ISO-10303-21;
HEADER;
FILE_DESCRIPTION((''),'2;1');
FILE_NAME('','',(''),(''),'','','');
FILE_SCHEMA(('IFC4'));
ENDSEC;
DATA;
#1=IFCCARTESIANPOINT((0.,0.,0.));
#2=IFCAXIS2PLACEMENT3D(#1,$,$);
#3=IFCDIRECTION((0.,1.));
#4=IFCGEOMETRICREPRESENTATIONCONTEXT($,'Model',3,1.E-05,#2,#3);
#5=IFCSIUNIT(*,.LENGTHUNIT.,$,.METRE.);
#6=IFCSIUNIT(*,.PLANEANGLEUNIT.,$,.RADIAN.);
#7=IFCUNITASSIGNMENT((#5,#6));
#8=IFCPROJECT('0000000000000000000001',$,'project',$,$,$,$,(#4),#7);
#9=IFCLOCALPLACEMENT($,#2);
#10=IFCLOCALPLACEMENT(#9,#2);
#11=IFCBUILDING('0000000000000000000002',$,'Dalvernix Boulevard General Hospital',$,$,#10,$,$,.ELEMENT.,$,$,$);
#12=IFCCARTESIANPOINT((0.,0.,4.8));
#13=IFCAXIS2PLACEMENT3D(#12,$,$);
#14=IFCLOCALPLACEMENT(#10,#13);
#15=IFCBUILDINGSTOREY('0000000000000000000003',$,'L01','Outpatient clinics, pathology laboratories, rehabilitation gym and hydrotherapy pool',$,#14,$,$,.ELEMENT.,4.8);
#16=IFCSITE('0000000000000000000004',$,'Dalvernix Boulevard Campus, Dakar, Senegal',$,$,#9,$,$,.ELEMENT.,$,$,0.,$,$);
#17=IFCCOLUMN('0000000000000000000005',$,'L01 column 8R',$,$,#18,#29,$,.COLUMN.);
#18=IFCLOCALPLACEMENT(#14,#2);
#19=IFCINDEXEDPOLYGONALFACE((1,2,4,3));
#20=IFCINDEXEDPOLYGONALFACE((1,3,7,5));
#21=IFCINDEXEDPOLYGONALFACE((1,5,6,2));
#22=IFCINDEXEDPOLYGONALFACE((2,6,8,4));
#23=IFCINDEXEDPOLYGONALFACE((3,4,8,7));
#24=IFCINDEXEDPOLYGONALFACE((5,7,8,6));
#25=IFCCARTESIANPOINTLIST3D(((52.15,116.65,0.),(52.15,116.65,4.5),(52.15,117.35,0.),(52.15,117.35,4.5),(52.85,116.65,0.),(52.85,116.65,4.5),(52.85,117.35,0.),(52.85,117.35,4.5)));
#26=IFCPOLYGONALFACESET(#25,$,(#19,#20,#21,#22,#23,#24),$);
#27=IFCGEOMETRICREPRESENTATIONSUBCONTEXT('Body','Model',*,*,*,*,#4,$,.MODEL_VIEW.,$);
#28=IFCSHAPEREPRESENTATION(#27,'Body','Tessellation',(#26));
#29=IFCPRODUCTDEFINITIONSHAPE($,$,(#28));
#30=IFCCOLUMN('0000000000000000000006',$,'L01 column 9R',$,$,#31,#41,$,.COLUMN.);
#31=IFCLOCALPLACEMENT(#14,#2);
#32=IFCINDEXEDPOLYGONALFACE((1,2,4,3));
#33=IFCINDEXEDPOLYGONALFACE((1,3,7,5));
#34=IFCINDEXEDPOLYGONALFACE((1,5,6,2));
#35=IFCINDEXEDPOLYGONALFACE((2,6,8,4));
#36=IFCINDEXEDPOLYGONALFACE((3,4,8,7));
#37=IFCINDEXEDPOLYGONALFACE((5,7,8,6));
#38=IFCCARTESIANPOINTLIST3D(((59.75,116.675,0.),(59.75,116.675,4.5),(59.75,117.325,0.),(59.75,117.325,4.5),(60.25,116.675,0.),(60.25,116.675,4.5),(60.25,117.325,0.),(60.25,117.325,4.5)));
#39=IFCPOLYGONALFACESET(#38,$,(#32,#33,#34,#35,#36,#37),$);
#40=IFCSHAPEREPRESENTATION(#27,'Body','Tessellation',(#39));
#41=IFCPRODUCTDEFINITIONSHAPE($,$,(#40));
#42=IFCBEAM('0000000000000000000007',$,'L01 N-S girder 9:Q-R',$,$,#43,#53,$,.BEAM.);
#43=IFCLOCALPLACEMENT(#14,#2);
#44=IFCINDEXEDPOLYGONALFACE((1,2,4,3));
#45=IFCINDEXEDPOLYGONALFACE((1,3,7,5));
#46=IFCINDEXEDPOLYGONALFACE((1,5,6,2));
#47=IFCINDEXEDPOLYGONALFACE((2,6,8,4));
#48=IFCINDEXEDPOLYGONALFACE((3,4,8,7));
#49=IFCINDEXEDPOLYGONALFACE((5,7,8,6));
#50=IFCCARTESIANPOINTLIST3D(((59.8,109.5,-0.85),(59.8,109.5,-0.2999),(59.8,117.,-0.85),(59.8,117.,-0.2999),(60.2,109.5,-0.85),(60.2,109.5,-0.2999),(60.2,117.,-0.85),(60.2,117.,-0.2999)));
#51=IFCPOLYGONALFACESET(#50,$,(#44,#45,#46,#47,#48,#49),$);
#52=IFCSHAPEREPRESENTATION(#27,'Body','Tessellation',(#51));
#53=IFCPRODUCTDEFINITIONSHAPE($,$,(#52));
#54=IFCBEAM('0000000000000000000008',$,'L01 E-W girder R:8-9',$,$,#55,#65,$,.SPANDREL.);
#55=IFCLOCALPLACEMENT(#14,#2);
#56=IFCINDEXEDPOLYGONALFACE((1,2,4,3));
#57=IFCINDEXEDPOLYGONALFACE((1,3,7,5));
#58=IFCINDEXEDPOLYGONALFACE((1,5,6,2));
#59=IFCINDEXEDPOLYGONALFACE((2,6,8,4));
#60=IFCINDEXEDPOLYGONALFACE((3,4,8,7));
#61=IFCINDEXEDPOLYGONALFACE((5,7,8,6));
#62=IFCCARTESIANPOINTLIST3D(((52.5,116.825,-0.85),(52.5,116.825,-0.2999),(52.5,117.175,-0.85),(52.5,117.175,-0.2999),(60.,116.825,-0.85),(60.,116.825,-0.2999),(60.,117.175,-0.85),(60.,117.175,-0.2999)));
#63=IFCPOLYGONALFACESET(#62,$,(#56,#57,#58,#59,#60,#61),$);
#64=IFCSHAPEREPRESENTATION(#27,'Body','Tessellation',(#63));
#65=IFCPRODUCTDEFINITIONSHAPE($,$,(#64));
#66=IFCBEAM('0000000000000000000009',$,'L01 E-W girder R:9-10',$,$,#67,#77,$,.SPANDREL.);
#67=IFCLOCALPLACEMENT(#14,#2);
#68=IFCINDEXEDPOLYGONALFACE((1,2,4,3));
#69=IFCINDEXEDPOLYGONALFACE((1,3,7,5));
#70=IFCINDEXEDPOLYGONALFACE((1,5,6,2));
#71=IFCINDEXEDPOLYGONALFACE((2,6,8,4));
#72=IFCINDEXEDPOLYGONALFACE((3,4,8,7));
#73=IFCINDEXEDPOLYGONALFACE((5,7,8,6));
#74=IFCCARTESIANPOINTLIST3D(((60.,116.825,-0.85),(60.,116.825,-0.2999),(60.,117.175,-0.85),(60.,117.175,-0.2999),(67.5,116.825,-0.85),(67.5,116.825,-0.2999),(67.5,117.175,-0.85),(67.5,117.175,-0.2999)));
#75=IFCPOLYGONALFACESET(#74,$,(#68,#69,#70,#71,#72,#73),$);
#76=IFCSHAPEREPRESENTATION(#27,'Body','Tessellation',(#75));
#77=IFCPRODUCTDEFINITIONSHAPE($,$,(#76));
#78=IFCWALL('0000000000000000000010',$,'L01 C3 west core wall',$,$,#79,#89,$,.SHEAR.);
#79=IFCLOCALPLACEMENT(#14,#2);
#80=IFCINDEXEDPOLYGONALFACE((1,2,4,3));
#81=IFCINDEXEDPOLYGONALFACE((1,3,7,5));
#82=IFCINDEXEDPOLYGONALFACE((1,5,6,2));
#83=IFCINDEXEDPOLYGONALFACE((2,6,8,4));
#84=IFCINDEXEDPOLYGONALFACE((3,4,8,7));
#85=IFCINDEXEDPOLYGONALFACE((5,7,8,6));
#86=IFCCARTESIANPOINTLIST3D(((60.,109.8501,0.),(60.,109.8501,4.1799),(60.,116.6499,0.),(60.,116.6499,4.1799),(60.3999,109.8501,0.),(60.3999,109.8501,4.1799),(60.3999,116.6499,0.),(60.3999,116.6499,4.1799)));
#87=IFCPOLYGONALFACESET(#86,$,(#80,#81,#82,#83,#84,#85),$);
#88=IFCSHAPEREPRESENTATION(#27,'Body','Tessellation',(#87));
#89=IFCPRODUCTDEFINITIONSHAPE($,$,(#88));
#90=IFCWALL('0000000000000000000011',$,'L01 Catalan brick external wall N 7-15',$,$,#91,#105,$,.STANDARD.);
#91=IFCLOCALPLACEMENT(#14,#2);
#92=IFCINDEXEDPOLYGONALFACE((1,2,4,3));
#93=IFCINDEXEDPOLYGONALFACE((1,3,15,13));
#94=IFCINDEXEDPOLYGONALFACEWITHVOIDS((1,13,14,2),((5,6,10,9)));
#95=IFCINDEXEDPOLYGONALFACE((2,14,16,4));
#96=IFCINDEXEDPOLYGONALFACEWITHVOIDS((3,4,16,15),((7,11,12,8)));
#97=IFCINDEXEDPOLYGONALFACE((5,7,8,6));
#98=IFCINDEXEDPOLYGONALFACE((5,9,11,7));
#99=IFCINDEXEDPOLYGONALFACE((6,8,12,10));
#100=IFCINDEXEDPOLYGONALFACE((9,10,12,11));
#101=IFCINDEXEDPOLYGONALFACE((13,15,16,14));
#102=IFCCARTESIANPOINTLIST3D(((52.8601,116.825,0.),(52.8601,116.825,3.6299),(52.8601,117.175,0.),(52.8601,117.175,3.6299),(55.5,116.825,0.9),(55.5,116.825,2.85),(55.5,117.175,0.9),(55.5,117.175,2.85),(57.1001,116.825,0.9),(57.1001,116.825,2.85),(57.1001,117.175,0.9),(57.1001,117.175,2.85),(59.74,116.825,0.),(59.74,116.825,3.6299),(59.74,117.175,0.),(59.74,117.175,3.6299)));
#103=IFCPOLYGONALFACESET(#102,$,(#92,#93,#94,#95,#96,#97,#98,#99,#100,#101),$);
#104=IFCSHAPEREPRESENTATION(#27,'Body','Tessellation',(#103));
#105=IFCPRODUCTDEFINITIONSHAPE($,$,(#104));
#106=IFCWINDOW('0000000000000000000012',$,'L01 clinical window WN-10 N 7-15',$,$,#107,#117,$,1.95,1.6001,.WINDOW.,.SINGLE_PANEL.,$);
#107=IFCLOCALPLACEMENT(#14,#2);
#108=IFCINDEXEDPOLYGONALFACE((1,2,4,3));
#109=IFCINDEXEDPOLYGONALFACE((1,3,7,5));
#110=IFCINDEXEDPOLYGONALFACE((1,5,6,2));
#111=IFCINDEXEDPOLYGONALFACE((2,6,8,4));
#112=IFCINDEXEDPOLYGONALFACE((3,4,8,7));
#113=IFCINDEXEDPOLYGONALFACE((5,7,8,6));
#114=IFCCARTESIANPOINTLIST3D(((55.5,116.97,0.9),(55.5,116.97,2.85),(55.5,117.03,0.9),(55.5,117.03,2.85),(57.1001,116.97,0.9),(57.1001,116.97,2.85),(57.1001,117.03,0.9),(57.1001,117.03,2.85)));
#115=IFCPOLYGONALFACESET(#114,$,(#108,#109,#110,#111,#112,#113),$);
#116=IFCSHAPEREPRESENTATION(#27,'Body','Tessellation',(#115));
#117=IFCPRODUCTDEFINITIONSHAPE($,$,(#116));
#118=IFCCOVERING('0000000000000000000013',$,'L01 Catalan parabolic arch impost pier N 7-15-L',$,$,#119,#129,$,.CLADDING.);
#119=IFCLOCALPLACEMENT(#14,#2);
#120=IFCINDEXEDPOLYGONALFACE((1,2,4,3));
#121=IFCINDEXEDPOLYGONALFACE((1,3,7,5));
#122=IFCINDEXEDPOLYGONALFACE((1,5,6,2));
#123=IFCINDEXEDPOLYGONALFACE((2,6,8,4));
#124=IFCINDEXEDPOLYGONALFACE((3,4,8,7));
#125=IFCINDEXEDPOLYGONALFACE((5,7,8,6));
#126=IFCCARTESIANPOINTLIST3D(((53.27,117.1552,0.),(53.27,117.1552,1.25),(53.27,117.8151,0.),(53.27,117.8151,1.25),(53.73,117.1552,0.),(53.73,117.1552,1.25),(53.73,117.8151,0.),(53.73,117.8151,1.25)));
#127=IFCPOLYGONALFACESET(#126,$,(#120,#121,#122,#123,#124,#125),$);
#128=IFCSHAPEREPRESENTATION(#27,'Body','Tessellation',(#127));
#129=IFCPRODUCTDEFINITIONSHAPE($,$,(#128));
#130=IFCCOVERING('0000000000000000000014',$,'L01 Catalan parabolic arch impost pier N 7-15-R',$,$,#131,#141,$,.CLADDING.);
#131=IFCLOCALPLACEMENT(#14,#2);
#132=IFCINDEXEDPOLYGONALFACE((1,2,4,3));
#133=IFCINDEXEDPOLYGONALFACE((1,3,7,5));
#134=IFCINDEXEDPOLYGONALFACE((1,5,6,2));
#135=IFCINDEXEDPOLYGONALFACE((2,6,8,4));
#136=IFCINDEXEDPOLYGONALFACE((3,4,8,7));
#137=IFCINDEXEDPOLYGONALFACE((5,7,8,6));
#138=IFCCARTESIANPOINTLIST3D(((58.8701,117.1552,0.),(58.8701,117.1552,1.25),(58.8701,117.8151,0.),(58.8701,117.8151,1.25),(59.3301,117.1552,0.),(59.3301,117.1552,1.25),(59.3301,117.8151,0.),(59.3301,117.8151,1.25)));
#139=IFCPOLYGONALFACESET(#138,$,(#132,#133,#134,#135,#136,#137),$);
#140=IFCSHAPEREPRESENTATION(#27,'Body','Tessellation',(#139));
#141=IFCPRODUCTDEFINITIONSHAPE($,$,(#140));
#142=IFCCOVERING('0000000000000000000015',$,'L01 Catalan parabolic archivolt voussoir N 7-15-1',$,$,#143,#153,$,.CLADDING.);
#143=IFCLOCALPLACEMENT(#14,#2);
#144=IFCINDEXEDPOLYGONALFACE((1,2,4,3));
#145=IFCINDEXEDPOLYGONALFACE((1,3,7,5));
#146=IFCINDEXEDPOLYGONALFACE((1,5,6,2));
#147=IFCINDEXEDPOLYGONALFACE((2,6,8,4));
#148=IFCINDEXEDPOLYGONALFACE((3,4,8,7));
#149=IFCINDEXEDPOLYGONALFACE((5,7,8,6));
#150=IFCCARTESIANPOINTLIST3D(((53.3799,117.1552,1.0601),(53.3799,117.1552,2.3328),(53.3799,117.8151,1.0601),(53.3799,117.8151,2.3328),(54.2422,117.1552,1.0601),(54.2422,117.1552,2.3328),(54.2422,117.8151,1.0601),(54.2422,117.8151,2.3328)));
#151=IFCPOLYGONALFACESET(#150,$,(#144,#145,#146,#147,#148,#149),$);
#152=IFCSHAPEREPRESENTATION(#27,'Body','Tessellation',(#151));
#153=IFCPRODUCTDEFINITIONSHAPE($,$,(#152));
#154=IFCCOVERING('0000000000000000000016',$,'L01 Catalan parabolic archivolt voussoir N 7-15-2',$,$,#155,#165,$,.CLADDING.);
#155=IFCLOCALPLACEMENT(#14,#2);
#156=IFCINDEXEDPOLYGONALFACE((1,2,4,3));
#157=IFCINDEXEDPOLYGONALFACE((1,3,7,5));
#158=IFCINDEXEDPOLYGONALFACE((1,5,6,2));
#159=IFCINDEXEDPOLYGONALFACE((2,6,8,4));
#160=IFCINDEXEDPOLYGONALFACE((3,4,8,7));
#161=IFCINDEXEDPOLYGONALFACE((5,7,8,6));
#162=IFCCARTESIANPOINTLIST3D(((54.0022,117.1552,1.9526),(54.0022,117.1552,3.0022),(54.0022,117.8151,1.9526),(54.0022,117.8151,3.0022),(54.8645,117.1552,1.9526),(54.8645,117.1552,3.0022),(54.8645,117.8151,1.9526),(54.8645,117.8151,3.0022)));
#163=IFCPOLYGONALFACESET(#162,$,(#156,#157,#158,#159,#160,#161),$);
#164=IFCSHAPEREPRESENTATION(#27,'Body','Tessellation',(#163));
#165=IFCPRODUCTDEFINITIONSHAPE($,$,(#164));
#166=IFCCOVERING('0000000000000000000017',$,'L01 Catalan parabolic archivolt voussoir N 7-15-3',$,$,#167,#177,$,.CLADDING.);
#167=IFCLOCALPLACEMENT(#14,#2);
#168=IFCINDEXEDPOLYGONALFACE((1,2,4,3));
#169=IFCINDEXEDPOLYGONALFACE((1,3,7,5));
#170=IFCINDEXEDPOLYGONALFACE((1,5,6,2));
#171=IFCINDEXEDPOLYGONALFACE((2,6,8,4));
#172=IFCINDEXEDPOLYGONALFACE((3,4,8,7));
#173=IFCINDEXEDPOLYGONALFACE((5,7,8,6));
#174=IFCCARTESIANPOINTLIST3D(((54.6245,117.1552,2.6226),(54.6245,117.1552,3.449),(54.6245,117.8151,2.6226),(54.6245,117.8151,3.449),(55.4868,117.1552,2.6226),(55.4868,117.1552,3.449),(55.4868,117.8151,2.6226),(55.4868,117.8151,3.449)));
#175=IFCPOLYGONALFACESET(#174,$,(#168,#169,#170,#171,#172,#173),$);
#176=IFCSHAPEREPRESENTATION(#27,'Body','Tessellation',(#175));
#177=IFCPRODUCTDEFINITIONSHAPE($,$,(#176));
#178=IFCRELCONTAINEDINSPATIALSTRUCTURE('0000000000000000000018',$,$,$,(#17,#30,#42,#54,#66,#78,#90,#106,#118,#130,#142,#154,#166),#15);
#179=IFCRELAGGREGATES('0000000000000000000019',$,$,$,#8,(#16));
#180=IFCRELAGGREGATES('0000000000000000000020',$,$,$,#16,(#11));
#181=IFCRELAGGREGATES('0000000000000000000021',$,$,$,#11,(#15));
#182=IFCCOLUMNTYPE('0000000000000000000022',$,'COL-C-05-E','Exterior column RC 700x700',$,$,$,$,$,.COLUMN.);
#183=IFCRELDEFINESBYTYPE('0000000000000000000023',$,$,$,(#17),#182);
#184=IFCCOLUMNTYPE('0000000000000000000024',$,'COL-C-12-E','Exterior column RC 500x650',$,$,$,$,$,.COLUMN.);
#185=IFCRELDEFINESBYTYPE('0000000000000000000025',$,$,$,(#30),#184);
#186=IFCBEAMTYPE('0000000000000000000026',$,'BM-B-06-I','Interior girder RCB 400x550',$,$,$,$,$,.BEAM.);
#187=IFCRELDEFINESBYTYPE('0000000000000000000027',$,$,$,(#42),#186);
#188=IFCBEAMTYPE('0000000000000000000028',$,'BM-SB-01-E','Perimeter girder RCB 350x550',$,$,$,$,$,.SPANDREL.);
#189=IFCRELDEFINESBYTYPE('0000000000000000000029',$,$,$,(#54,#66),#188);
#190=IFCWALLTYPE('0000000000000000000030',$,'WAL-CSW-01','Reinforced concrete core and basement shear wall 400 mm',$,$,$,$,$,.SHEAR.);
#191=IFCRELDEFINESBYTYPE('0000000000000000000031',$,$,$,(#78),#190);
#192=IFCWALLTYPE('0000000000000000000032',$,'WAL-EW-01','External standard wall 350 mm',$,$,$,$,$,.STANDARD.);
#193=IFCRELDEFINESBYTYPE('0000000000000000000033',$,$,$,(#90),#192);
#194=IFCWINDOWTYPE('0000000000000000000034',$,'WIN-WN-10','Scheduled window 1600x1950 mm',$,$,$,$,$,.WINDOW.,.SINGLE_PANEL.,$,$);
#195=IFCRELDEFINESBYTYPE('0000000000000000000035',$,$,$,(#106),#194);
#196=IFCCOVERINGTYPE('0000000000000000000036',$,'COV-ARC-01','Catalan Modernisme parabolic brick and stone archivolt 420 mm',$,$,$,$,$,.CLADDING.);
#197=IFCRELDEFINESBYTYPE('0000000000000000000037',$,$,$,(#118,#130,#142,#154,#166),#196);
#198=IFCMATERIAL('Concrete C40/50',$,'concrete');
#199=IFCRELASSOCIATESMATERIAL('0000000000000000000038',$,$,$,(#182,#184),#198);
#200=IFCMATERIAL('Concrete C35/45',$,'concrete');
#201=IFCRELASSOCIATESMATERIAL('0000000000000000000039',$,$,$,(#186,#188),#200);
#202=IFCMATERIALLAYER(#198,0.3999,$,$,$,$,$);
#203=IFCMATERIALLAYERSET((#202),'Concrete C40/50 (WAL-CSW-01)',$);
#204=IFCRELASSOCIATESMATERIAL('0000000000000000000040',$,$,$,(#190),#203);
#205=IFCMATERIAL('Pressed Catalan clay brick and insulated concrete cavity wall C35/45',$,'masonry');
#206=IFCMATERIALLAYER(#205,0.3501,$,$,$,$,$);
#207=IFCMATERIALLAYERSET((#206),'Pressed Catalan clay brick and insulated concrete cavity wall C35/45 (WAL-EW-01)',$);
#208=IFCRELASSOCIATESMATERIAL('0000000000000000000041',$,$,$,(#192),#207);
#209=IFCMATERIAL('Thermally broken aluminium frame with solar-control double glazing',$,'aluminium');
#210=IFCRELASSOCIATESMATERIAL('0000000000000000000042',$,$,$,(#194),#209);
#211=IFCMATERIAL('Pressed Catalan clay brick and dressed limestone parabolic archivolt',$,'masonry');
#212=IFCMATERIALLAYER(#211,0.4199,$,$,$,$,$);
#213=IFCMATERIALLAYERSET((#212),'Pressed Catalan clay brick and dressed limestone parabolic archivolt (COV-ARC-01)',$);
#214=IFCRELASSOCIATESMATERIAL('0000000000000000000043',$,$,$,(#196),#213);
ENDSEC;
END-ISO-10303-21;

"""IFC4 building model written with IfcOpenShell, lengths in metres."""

from ifc_helpers import new_model, si_unit, direction, frame, frame_2d, origin, origin_2d, place, context, subcontext, project, spatial, rectangle, extrude, material, layer, layer_set, material_profile, profile_set, type_object, element, fill, save


model = new_model("IFC4")

# Units and contexts
model_context = context("Model", 3, precision=1e-05, world=origin(), true_north=direction((0.0, 1.0)))
body_context = subcontext(model_context, "Body", "Model", "MODEL_VIEW")
ifc_project = project(units=[si_unit("LENGTHUNIT", "METRE"), si_unit("PLANEANGLEUNIT", "RADIAN")], contexts=[model_context])

# Site, building, storey
site_placement = place(None, origin())
site = spatial("IfcSite", under=ifc_project, at=site_placement, Name="Dalvernix Boulevard Campus, Dakar, Senegal", CompositionType="ELEMENT", RefElevation=0.0)
building_placement = place(site_placement, origin())
building = spatial("IfcBuilding", under=site, at=building_placement, Name="Dalvernix Boulevard General Hospital", CompositionType="ELEMENT")
storey_placement = place(building_placement, frame((0.0, 0.0, 4.8)))
storey = spatial("IfcBuildingStorey", under=building, at=storey_placement, Name="L01", Description="Outpatient clinics, pathology laboratories, rehabilitation gym and hydrotherapy pool", CompositionType="ELEMENT", Elevation=4.8)

# Columns
ifc_material_1 = material(Name="Concrete C40/50", Category="concrete")
ifc_material_profile_1 = material_profile(ifc_material_1, rectangle(XDim=0.7, YDim=0.7, at=origin_2d()), Name="RC 700x700")
ifc_profile_set_1 = profile_set([ifc_material_profile_1], Name="Concrete C40/50")
column_type_1 = type_object("IfcColumnType", Name="COL-C-05-E", Description="Exterior column RC 700x700", PredefinedType="COLUMN", material=ifc_profile_set_1)
column_1_placement = place(storey_placement, frame((52.5, 117.0, 0.0), z_axis=(0.0, 0.0, 1.0), x_axis=(1.0, 0.0, 0.0)))
element("IfcColumn", 1, at=column_1_placement, inside=storey, type_object=column_type_1, Name="L01 column 8R", PredefinedType="COLUMN", context=body_context, shape_type="SweptSolid", body=[
    extrude(rectangle(XDim=0.7, YDim=0.7, at=origin_2d()), origin(), (0.0, 0.0, 1.0), 4.5),
])
ifc_material_profile_2 = material_profile(ifc_material_1, rectangle(XDim=0.5, YDim=0.6499, at=origin_2d()), Name="RC 500x650")
ifc_profile_set_2 = profile_set([ifc_material_profile_2], Name="Concrete C40/50")
column_type_2 = type_object("IfcColumnType", Name="COL-C-12-E", Description="Exterior column RC 500x650", PredefinedType="COLUMN", material=ifc_profile_set_2)
column_2_placement = place(storey_placement, frame((60.0, 117.0, 0.0), z_axis=(0.0, 0.0, 1.0), x_axis=(1.0, 0.0, 0.0)))
element("IfcColumn", 2, at=column_2_placement, inside=storey, type_object=column_type_2, Name="L01 column 9R", PredefinedType="COLUMN", context=body_context, shape_type="SweptSolid", body=[
    extrude(rectangle(XDim=0.5, YDim=0.6499, at=origin_2d()), origin(), (0.0, 0.0, 1.0), 4.5),
])

# Beams
ifc_material_2 = material(Name="Concrete C35/45", Category="concrete")
ifc_material_profile_3 = material_profile(ifc_material_2, rectangle(XDim=0.3999, YDim=0.55, at=origin_2d()), Name="RCB 400x550")
ifc_profile_set_3 = profile_set([ifc_material_profile_3], Name="Concrete C35/45")
beam_type_1 = type_object("IfcBeamType", Name="BM-B-06-I", Description="Interior girder RCB 400x550", PredefinedType="BEAM", material=ifc_profile_set_3)
beam_placement = place(storey_placement, frame((60.0, 109.5, -0.575), z_axis=(0.0, 1.0, 0.0), x_axis=(-1.0, 0.0, 0.0)))
element("IfcBeam", 3, at=beam_placement, inside=storey, type_object=beam_type_1, Name="L01 N-S girder 9:Q-R", PredefinedType="BEAM", context=body_context, shape_type="SweptSolid", body=[
    extrude(rectangle(XDim=0.3999, YDim=0.55, at=origin_2d()), origin(), (0.0, 0.0, 1.0), 7.5),
])
ifc_material_profile_4 = material_profile(ifc_material_2, rectangle(XDim=0.3501, YDim=0.55, at=origin_2d()), Name="RCB 350x550")
ifc_profile_set_4 = profile_set([ifc_material_profile_4], Name="Concrete C35/45")
beam_type_2 = type_object("IfcBeamType", Name="BM-SB-01-E", Description="Perimeter girder RCB 350x550", PredefinedType="SPANDREL", material=ifc_profile_set_4)
for number, where, z_axis, x_axis, name in (
    (4, (52.5, 117.0, -0.575), (1.0, 0.0, 0.0), (0.0, 1.0, 0.0), "L01 E-W girder R:8-9"),
    (5, (60.0, 117.0, -0.575), (1.0, 0.0, 0.0), (0.0, 1.0, 0.0), "L01 E-W girder R:9-10"),
):
    element("IfcBeam", number, at=place(storey_placement, frame(where, z_axis=z_axis, x_axis=x_axis)), inside=storey, type_object=beam_type_2, Name=name, PredefinedType="SPANDREL", context=body_context, shape_type="SweptSolid", body=[
        extrude(rectangle(XDim=0.3501, YDim=0.55, at=origin_2d()), origin(), (0.0, 0.0, 1.0), 7.5),
    ])

# Wall
ifc_layer_1 = layer(ifc_material_1, 0.3999)
ifc_layer_set_1 = layer_set([ifc_layer_1], Name="Concrete C40/50 (WAL-CSW-01)")
wall_type_1 = type_object("IfcWallType", Name="WAL-CSW-01", Description="Reinforced concrete core and basement shear wall 400 mm", PredefinedType="SHEAR", material=ifc_layer_set_1)
wall_1_placement = place(storey_placement, frame((60.2, 109.8501, 0.0), z_axis=(0.0, 0.0, 1.0), x_axis=(0.0, 1.0, 0.0)))
element("IfcWall", 6, at=wall_1_placement, inside=storey, type_object=wall_type_1, Name="L01 C3 west core wall", PredefinedType="SHEAR", context=body_context, shape_type="SweptSolid", body=[
    extrude(rectangle(XDim=6.7998, YDim=0.3999, at=frame_2d((3.3999, 0.0))), origin(), (0.0, 0.0, 1.0), 4.1799),
])

# Wall, opening, window
ifc_material_3 = material(Name="Pressed Catalan clay brick and insulated concrete cavity wall C35/45", Category="masonry")
ifc_layer_2 = layer(ifc_material_3, 0.3501)
ifc_layer_set_2 = layer_set([ifc_layer_2], Name="Pressed Catalan clay brick and insulated concrete cavity wall C35/45 (WAL-EW-01)")
wall_type_2 = type_object("IfcWallType", Name="WAL-EW-01", Description="External standard wall 350 mm", PredefinedType="STANDARD", material=ifc_layer_set_2)
wall_2_placement = place(storey_placement, frame((52.8601, 117.0, 0.0), z_axis=(0.0, 0.0, 1.0), x_axis=(1.0, 0.0, 0.0)))
wall_2 = element("IfcWall", 7, at=wall_2_placement, inside=storey, type_object=wall_type_2, Name="L01 Catalan brick external wall N 7-15", PredefinedType="STANDARD", context=body_context, shape_type="SweptSolid", body=[
    extrude(rectangle(XDim=6.8799, YDim=0.3501, at=frame_2d((3.4399, 0.0))), origin(), (0.0, 0.0, 1.0), 3.6299),
])
opening_placement = place(wall_2_placement, frame((2.6399, 0.0, 0.8999)))
opening = element("IfcOpeningElement", 8, at=opening_placement, cuts=wall_2, PredefinedType="OPENING", context=body_context, shape_type="SweptSolid", body=[
    extrude(rectangle(XDim=1.6001, YDim=1.95, at=frame_2d((0.8, 0.9751))), frame((0.0, 0.1851, 0.0), z_axis=(0.0, -1.0, 0.0), x_axis=(1.0, 0.0, 0.0)), (0.0, 0.0, 1.0), 0.3701),
])
ifc_material_4 = material(Name="Thermally broken aluminium frame with solar-control double glazing", Category="aluminium")
window_type = type_object("IfcWindowType", Name="WIN-WN-10", Description="Scheduled window 1600x1950 mm", PartitioningType="SINGLE_PANEL", PredefinedType="WINDOW", material=ifc_material_4)
window_placement = place(opening_placement, origin())
window = element("IfcWindow", 9, at=window_placement, inside=storey, type_object=window_type, Name="L01 clinical window WN-10 N 7-15", OverallHeight=1.95, OverallWidth=1.6001, PartitioningType="SINGLE_PANEL", PredefinedType="WINDOW", context=body_context, shape_type="SweptSolid", body=[
    extrude(rectangle(XDim=1.6001, YDim=1.95, at=frame_2d((0.8, 0.9751))), frame((0.0, 0.03, 0.0), z_axis=(0.0, -1.0, 0.0), x_axis=(1.0, 0.0, 0.0)), (0.0, 0.0, 1.0), 0.0601),
])
fill(opening, window)

# Coverings
ifc_material_5 = material(Name="Pressed Catalan clay brick and dressed limestone parabolic archivolt", Category="masonry")
ifc_layer_3 = layer(ifc_material_5, 0.4199)
ifc_layer_set_3 = layer_set([ifc_layer_3], Name="Pressed Catalan clay brick and dressed limestone parabolic archivolt (COV-ARC-01)")
covering_type_1 = type_object("IfcCoveringType", Name="COV-ARC-01", Description="Catalan Modernisme parabolic brick and stone archivolt 420 mm", PredefinedType="CLADDING", material=ifc_layer_set_3)
for number, where, z_axis, x_axis, name in (
    (10, (53.5, 117.4851, 0.0), (0.0, 0.0, 1.0), (1.0, 0.0, 0.0), "L01 Catalan parabolic arch impost pier N 7-15-L"),
    (11, (59.1001, 117.4851, 0.0), (0.0, 0.0, 1.0), (1.0, 0.0, 0.0), "L01 Catalan parabolic arch impost pier N 7-15-R"),
):
    element("IfcCovering", number, at=place(storey_placement, frame(where, z_axis=z_axis, x_axis=x_axis)), inside=storey, type_object=covering_type_1, Name=name, PredefinedType="CLADDING", context=body_context, shape_type="SweptSolid", body=[
        extrude(rectangle(XDim=0.46, YDim=0.6599, at=origin_2d()), origin(), (0.0, 0.0, 1.0), 1.25),
    ])
covering_1_placement = place(storey_placement, frame((53.811, 117.4851, 1.0601), z_axis=(0.0, 0.0, 1.0), x_axis=(1.0, 0.0, 0.0)))
element("IfcCovering", 12, at=covering_1_placement, inside=storey, type_object=covering_type_1, Name="L01 Catalan parabolic archivolt voussoir N 7-15-1", PredefinedType="CLADDING", context=body_context, shape_type="SweptSolid", body=[
    extrude(rectangle(XDim=0.8623, YDim=0.6599, at=origin_2d()), origin(), (0.0, 0.0, 1.0), 1.2727),
])
covering_2_placement = place(storey_placement, frame((54.4333, 117.4851, 1.9526), z_axis=(0.0, 0.0, 1.0), x_axis=(1.0, 0.0, 0.0)))
element("IfcCovering", 13, at=covering_2_placement, inside=storey, type_object=covering_type_1, Name="L01 Catalan parabolic archivolt voussoir N 7-15-2", PredefinedType="CLADDING", context=body_context, shape_type="SweptSolid", body=[
    extrude(rectangle(XDim=0.8623, YDim=0.6599, at=origin_2d()), origin(), (0.0, 0.0, 1.0), 1.0496),
])
covering_3_placement = place(storey_placement, frame((55.0557, 117.4851, 2.6226), z_axis=(0.0, 0.0, 1.0), x_axis=(1.0, 0.0, 0.0)))
element("IfcCovering", 14, at=covering_3_placement, inside=storey, type_object=covering_type_1, Name="L01 Catalan parabolic archivolt voussoir N 7-15-3", PredefinedType="CLADDING", context=body_context, shape_type="SweptSolid", body=[
    extrude(rectangle(XDim=0.8623, YDim=0.6599, at=origin_2d()), origin(), (0.0, 0.0, 1.0), 0.8264),
])

save(model, "model.ifc")
